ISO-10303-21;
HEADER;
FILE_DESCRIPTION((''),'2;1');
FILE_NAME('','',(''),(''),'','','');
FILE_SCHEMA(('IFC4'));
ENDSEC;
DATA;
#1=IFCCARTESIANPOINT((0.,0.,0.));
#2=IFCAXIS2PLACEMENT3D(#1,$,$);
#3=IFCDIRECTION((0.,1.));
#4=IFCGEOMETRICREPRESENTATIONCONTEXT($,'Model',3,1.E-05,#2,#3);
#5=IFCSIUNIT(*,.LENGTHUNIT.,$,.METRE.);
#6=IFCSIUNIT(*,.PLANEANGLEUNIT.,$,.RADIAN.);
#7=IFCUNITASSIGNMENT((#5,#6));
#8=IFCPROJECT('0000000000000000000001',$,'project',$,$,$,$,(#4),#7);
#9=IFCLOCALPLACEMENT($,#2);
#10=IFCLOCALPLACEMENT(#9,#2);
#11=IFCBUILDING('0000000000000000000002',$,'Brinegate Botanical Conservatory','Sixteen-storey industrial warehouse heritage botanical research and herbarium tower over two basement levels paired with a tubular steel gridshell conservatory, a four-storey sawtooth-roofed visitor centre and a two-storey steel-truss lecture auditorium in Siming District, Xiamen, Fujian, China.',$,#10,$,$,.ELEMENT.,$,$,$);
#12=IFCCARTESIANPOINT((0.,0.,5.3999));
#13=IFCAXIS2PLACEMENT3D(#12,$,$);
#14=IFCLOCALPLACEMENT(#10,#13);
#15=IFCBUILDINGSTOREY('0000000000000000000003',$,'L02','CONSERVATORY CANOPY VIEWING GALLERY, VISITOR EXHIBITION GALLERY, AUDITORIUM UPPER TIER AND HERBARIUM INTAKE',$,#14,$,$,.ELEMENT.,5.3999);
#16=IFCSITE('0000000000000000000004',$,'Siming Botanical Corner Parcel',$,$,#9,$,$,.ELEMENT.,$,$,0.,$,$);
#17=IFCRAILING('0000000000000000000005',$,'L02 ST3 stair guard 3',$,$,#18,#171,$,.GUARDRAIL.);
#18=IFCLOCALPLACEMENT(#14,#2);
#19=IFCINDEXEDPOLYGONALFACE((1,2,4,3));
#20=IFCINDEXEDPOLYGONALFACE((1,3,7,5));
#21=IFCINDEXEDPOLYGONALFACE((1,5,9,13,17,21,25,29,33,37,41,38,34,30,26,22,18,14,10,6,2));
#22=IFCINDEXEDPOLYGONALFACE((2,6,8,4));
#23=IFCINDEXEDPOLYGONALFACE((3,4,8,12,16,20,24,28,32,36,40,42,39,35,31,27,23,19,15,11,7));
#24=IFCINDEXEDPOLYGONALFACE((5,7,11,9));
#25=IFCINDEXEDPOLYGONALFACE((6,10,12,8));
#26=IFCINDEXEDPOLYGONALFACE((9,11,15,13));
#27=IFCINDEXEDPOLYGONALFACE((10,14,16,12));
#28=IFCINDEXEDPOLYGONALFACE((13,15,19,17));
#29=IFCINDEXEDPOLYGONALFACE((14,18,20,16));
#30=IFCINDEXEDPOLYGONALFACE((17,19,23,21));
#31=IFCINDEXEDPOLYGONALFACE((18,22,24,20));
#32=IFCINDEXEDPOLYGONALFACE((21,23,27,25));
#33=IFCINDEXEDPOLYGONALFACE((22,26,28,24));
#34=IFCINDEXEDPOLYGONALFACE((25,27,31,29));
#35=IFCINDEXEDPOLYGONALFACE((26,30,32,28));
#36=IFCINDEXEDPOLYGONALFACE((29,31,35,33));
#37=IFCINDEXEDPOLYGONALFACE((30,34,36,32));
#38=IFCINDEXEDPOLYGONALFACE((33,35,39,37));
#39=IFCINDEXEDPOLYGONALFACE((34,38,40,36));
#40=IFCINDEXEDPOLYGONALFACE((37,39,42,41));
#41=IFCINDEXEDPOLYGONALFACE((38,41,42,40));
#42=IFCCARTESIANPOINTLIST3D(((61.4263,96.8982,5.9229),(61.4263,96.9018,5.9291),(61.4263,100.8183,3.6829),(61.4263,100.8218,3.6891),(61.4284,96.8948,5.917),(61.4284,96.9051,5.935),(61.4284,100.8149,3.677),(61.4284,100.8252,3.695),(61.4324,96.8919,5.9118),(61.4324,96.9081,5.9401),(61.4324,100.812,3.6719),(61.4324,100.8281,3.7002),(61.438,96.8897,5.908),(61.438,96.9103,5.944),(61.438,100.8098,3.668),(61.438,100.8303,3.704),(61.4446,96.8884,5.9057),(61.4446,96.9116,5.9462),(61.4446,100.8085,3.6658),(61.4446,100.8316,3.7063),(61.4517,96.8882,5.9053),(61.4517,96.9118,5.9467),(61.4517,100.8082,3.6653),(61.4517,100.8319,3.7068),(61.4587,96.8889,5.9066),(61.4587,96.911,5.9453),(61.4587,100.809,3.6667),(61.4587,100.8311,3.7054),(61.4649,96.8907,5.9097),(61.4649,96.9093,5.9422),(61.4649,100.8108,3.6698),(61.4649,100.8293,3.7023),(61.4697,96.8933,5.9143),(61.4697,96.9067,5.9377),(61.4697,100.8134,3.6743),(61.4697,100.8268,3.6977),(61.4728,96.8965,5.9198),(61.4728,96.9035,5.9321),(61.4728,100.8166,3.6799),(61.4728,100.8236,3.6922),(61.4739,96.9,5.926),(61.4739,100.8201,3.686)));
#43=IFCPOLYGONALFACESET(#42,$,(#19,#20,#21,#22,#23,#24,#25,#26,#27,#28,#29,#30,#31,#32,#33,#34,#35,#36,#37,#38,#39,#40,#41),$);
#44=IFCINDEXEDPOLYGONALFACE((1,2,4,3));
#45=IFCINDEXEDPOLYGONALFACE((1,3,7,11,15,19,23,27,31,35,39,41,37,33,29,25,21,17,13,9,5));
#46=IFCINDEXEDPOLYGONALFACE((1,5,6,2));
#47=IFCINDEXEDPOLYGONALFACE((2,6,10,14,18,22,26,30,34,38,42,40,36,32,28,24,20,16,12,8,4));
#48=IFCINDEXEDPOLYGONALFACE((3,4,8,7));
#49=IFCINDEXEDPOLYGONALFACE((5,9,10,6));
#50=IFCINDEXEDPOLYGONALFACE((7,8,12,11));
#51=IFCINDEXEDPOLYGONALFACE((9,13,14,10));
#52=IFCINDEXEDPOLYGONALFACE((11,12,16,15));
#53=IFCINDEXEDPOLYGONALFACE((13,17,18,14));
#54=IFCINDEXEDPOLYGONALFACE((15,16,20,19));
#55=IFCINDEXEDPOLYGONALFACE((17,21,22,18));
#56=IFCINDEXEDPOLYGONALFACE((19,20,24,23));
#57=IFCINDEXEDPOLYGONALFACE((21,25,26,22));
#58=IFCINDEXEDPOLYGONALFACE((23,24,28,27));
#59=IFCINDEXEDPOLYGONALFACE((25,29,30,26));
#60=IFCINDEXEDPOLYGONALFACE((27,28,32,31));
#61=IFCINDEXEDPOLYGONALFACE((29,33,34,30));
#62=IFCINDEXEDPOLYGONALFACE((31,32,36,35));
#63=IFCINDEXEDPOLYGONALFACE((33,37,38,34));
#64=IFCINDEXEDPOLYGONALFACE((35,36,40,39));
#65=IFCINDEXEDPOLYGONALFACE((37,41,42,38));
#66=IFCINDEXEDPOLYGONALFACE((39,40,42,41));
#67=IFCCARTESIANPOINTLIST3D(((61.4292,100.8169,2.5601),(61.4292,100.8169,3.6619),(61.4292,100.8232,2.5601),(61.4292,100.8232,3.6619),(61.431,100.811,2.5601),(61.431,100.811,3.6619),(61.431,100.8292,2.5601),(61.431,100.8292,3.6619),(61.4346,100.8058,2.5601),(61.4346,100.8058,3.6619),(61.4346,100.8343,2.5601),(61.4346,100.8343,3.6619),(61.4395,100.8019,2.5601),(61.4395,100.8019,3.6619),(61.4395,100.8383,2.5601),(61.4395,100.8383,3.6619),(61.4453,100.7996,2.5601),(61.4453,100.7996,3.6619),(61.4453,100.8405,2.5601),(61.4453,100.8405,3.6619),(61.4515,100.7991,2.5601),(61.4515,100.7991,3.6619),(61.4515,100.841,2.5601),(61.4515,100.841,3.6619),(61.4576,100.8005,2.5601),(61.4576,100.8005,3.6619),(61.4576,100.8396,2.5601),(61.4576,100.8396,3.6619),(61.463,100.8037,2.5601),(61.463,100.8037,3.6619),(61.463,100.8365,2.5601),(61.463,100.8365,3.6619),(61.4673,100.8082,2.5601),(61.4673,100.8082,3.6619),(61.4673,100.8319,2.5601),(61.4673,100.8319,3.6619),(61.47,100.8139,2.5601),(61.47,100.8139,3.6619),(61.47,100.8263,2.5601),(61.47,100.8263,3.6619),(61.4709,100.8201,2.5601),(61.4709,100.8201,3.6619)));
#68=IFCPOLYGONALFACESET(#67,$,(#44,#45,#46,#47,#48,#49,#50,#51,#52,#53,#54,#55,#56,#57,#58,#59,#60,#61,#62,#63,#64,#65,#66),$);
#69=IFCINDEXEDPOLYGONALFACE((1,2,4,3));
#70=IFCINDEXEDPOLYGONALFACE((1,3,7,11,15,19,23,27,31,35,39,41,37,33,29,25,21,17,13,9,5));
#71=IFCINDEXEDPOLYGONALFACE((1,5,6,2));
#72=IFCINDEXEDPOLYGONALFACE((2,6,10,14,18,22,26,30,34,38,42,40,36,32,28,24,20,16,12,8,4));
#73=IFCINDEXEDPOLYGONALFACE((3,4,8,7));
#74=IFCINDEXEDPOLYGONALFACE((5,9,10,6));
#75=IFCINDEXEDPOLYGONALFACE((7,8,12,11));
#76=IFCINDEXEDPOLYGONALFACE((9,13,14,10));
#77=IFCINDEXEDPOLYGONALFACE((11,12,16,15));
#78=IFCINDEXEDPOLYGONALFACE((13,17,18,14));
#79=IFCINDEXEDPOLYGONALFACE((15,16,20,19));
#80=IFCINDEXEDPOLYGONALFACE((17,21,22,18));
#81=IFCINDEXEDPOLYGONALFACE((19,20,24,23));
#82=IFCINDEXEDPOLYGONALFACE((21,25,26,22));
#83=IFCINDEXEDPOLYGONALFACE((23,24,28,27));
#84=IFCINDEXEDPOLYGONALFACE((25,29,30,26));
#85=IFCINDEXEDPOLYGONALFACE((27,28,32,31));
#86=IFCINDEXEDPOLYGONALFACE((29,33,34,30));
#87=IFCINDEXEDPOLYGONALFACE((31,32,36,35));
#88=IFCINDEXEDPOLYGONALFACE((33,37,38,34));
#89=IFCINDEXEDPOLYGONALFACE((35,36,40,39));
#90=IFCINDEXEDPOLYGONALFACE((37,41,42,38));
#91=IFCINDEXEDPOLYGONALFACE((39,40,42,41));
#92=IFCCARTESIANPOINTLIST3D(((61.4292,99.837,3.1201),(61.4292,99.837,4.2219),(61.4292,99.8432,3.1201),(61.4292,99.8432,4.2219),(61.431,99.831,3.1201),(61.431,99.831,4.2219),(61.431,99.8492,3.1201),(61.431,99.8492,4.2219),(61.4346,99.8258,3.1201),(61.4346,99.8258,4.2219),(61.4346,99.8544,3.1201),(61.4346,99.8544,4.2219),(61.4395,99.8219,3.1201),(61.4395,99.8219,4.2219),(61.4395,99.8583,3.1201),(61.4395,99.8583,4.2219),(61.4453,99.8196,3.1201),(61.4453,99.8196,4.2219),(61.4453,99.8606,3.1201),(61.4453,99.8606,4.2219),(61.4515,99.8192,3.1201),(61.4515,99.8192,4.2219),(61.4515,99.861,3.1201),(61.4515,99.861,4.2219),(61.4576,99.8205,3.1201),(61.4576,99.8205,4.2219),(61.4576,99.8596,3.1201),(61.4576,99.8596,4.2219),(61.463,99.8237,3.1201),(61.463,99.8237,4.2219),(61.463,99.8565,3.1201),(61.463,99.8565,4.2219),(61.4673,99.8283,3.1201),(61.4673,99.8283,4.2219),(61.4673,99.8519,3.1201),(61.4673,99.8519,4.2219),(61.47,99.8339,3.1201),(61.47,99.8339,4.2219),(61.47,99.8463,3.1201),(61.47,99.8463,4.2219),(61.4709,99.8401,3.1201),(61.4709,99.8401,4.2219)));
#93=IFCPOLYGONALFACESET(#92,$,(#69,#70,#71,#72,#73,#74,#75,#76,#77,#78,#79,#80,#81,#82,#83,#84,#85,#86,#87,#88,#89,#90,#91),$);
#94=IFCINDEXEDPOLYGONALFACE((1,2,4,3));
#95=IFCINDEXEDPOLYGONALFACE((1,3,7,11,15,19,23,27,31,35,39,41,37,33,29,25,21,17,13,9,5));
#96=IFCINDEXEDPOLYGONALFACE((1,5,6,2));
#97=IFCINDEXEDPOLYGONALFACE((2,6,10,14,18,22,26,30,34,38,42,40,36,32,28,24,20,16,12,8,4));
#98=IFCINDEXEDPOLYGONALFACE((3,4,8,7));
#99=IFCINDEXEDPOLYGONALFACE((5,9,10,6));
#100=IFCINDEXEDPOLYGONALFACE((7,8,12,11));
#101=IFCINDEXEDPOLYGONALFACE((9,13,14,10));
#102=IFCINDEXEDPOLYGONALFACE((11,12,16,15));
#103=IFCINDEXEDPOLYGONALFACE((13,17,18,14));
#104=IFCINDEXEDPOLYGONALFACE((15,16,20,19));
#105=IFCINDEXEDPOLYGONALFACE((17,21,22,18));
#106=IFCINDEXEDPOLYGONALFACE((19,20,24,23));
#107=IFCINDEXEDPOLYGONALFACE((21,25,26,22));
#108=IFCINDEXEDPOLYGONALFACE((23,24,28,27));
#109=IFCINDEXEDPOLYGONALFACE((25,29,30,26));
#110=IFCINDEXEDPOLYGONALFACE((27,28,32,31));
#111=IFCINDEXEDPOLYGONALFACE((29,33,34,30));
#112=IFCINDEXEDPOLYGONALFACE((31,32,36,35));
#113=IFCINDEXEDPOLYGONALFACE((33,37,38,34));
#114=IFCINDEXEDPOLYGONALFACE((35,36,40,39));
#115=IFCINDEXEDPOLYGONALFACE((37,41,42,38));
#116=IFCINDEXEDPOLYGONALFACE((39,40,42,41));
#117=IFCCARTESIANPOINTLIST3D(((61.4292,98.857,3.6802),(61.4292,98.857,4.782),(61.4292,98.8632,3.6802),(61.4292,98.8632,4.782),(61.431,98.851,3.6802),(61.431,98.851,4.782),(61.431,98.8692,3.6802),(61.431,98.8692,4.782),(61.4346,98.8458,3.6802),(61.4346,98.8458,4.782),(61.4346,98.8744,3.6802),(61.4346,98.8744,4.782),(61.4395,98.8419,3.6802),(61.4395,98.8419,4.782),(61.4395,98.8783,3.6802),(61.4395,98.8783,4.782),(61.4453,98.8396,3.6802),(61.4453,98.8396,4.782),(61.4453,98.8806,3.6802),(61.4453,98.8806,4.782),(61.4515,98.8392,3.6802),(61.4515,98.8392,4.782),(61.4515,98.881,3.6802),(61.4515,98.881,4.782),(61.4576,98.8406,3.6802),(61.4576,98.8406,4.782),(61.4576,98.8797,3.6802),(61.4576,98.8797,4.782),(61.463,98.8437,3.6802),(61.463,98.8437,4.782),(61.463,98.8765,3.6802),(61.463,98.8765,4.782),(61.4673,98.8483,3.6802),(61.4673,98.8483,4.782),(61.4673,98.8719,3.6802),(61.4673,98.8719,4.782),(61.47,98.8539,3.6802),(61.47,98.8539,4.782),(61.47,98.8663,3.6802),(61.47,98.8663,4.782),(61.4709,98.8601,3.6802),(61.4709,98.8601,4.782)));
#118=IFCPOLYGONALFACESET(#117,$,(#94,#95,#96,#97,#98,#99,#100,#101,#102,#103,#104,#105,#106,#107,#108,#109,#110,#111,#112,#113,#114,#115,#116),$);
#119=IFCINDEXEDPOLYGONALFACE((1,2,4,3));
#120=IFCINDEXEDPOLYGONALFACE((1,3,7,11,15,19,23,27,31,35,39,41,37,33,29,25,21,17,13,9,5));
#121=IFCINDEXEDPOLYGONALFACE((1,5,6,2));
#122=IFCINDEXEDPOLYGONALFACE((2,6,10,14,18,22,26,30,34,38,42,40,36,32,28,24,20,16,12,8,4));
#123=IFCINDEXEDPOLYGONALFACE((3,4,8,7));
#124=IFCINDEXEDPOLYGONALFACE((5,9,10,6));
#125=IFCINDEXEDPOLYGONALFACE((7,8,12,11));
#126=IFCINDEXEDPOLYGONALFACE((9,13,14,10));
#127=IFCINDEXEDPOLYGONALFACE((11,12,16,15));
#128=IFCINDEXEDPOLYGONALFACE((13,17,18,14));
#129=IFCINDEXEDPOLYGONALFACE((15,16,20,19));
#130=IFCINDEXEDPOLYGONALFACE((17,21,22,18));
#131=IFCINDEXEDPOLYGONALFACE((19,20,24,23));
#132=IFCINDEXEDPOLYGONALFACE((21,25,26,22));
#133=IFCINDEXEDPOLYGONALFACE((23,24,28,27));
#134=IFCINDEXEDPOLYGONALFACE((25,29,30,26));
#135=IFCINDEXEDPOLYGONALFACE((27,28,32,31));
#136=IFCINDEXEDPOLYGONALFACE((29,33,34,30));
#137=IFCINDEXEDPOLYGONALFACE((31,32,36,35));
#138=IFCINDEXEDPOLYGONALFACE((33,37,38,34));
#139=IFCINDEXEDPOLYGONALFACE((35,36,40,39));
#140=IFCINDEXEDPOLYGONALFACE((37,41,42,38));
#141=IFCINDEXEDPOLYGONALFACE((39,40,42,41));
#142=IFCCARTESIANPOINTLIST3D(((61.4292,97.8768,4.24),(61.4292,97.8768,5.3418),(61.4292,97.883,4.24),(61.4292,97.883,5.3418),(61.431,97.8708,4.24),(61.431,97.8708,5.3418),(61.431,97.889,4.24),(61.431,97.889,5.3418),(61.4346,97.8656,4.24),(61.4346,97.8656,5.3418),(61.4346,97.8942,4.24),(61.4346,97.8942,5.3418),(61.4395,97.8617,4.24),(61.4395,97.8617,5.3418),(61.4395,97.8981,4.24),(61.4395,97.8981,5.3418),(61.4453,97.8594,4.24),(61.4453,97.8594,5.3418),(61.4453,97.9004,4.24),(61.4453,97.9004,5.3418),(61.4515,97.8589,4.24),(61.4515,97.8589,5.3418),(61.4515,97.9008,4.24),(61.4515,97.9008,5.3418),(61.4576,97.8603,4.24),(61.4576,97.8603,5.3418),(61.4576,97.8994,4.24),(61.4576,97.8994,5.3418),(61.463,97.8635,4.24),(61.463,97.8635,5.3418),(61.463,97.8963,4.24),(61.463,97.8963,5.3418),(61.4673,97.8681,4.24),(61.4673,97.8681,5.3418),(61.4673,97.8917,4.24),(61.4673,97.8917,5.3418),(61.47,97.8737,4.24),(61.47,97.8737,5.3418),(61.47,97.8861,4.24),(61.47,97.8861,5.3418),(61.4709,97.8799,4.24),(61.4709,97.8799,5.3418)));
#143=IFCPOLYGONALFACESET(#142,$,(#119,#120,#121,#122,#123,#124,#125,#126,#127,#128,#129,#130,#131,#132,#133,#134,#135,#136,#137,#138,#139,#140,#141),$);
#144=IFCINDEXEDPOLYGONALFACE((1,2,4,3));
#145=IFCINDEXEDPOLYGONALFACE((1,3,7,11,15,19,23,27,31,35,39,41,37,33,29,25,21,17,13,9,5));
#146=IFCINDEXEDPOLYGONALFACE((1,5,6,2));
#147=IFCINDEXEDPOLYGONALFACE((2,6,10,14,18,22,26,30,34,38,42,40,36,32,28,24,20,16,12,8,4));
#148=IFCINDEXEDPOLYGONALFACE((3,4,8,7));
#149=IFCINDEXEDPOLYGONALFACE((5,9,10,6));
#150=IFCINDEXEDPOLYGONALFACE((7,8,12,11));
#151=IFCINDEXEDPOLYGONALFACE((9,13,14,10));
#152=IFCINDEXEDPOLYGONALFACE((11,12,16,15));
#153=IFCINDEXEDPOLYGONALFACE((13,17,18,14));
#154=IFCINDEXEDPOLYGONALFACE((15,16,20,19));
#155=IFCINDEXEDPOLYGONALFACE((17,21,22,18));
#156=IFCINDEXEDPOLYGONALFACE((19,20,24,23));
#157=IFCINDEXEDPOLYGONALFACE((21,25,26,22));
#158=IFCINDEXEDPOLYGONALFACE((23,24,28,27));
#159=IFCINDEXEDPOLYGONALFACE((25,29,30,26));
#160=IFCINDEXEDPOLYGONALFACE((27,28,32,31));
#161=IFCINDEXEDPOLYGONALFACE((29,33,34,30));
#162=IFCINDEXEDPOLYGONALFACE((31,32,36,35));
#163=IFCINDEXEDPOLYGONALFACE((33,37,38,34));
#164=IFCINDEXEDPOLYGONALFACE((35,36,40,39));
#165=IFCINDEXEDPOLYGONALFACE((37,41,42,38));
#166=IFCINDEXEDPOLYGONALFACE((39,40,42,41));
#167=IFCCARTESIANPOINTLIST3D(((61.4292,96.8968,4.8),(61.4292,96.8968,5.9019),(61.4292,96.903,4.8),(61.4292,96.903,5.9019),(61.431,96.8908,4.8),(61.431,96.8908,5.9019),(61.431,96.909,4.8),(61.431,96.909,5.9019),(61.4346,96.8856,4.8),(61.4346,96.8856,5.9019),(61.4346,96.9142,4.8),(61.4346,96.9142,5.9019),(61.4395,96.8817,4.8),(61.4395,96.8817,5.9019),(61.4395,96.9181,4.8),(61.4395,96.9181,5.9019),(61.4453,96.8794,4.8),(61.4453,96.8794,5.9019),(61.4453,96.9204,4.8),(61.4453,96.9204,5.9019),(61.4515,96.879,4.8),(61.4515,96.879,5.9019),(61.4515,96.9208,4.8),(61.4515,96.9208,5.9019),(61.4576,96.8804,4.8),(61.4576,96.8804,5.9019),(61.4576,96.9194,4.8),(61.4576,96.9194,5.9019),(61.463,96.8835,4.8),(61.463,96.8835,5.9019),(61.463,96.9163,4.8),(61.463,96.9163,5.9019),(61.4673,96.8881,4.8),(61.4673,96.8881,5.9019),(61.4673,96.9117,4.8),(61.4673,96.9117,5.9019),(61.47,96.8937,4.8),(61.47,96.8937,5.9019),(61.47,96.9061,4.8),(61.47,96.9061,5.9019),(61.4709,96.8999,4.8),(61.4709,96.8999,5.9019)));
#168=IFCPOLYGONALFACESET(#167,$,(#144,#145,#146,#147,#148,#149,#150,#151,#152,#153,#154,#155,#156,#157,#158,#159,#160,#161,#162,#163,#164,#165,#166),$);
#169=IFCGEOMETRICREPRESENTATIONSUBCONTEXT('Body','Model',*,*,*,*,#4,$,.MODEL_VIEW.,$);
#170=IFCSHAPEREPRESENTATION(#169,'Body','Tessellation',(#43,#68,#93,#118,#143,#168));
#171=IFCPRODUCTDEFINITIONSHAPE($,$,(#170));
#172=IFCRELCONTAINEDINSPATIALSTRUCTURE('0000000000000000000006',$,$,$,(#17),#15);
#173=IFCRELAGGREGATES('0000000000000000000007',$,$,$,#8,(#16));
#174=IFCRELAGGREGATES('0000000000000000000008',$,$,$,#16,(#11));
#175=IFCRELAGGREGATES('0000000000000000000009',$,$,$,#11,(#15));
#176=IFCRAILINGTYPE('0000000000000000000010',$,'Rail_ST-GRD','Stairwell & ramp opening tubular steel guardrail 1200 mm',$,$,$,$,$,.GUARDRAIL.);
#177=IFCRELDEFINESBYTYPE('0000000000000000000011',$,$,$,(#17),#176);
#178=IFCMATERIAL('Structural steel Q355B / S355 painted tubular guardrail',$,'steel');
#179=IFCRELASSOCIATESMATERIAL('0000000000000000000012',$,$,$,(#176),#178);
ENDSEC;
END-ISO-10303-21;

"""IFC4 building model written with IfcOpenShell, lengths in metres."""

from ifc_helpers import new_model, si_unit, direction, frame, origin, origin_2d, place, context, subcontext, project, spatial, circle, extrude, material, type_object, element, save


model = new_model("IFC4")

# Units and contexts
model_context = context("Model", 3, precision=1e-05, world=origin(), true_north=direction((0.0, 1.0)))
body_context = subcontext(model_context, "Body", "Model", "MODEL_VIEW")
ifc_project = project(units=[si_unit("LENGTHUNIT", "METRE"), si_unit("PLANEANGLEUNIT", "RADIAN")], contexts=[model_context])

# Site, building, storey
site_placement = place(None, origin())
site = spatial("IfcSite", under=ifc_project, at=site_placement, Name="Siming Botanical Corner Parcel", CompositionType="ELEMENT", RefElevation=0.0)
building_placement = place(site_placement, origin())
building = spatial("IfcBuilding", under=site, at=building_placement, Name="Brinegate Botanical Conservatory", Description="Sixteen-storey industrial warehouse heritage botanical research and herbarium tower over two basement levels paired with a tubular steel gridshell conservatory, a four-storey sawtooth-roofed visitor centre and a two-storey steel-truss lecture auditorium in Siming District, Xiamen, Fujian, China.", CompositionType="ELEMENT")
storey_placement = place(building_placement, frame((0.0, 0.0, 5.3999)))
storey = spatial("IfcBuildingStorey", under=building, at=storey_placement, Name="L02", Description="CONSERVATORY CANOPY VIEWING GALLERY, VISITOR EXHIBITION GALLERY, AUDITORIUM UPPER TIER AND HERBARIUM INTAKE", CompositionType="ELEMENT", Elevation=5.3999)

# Railing
ifc_material_1 = material(Name="Structural steel Q355B / S355 painted tubular guardrail", Category="steel")
railing_type_1 = type_object("IfcRailingType", Name="Rail_ST-GRD", Description="Stairwell & ramp opening tubular steel guardrail 1200 mm", PredefinedType="GUARDRAIL", material=ifc_material_1)
railing_1_placement = place(storey_placement, frame((61.45, 100.8201, 2.5601)))
element("IfcRailing", 1, at=railing_1_placement, inside=storey, type_object=railing_type_1, Name="L02 ST3 stair guard 3", PredefinedType="GUARDRAIL", context=body_context, shape_type="SweptSolid", body=[
    extrude(circle(Radius=0.0239, at=origin_2d()), frame((0.0, 0.0, 1.126), z_axis=(0.0, -0.868253, 0.496121), x_axis=(1.0, 0.0, 0.0)), (0.0, 0.0, 1.0), 4.5149),
    extrude(circle(Radius=0.021, at=origin_2d()), origin(), (0.0, 0.0, 1.0), 1.1018),
    extrude(circle(Radius=0.021, at=origin_2d()), frame((0.0, -0.98, 0.5601)), (0.0, 0.0, 1.0), 1.1018),
    extrude(circle(Radius=0.021, at=origin_2d()), frame((0.0, -1.96, 1.1201)), (0.0, 0.0, 1.0), 1.1018),
    extrude(circle(Radius=0.021, at=origin_2d()), frame((0.0, -2.9402, 1.6799)), (0.0, 0.0, 1.0), 1.1018),
    extrude(circle(Radius=0.021, at=origin_2d()), frame((0.0, -3.9202, 2.24)), (0.0, 0.0, 1.0), 1.1018),
])

save(model, "model.ifc")
